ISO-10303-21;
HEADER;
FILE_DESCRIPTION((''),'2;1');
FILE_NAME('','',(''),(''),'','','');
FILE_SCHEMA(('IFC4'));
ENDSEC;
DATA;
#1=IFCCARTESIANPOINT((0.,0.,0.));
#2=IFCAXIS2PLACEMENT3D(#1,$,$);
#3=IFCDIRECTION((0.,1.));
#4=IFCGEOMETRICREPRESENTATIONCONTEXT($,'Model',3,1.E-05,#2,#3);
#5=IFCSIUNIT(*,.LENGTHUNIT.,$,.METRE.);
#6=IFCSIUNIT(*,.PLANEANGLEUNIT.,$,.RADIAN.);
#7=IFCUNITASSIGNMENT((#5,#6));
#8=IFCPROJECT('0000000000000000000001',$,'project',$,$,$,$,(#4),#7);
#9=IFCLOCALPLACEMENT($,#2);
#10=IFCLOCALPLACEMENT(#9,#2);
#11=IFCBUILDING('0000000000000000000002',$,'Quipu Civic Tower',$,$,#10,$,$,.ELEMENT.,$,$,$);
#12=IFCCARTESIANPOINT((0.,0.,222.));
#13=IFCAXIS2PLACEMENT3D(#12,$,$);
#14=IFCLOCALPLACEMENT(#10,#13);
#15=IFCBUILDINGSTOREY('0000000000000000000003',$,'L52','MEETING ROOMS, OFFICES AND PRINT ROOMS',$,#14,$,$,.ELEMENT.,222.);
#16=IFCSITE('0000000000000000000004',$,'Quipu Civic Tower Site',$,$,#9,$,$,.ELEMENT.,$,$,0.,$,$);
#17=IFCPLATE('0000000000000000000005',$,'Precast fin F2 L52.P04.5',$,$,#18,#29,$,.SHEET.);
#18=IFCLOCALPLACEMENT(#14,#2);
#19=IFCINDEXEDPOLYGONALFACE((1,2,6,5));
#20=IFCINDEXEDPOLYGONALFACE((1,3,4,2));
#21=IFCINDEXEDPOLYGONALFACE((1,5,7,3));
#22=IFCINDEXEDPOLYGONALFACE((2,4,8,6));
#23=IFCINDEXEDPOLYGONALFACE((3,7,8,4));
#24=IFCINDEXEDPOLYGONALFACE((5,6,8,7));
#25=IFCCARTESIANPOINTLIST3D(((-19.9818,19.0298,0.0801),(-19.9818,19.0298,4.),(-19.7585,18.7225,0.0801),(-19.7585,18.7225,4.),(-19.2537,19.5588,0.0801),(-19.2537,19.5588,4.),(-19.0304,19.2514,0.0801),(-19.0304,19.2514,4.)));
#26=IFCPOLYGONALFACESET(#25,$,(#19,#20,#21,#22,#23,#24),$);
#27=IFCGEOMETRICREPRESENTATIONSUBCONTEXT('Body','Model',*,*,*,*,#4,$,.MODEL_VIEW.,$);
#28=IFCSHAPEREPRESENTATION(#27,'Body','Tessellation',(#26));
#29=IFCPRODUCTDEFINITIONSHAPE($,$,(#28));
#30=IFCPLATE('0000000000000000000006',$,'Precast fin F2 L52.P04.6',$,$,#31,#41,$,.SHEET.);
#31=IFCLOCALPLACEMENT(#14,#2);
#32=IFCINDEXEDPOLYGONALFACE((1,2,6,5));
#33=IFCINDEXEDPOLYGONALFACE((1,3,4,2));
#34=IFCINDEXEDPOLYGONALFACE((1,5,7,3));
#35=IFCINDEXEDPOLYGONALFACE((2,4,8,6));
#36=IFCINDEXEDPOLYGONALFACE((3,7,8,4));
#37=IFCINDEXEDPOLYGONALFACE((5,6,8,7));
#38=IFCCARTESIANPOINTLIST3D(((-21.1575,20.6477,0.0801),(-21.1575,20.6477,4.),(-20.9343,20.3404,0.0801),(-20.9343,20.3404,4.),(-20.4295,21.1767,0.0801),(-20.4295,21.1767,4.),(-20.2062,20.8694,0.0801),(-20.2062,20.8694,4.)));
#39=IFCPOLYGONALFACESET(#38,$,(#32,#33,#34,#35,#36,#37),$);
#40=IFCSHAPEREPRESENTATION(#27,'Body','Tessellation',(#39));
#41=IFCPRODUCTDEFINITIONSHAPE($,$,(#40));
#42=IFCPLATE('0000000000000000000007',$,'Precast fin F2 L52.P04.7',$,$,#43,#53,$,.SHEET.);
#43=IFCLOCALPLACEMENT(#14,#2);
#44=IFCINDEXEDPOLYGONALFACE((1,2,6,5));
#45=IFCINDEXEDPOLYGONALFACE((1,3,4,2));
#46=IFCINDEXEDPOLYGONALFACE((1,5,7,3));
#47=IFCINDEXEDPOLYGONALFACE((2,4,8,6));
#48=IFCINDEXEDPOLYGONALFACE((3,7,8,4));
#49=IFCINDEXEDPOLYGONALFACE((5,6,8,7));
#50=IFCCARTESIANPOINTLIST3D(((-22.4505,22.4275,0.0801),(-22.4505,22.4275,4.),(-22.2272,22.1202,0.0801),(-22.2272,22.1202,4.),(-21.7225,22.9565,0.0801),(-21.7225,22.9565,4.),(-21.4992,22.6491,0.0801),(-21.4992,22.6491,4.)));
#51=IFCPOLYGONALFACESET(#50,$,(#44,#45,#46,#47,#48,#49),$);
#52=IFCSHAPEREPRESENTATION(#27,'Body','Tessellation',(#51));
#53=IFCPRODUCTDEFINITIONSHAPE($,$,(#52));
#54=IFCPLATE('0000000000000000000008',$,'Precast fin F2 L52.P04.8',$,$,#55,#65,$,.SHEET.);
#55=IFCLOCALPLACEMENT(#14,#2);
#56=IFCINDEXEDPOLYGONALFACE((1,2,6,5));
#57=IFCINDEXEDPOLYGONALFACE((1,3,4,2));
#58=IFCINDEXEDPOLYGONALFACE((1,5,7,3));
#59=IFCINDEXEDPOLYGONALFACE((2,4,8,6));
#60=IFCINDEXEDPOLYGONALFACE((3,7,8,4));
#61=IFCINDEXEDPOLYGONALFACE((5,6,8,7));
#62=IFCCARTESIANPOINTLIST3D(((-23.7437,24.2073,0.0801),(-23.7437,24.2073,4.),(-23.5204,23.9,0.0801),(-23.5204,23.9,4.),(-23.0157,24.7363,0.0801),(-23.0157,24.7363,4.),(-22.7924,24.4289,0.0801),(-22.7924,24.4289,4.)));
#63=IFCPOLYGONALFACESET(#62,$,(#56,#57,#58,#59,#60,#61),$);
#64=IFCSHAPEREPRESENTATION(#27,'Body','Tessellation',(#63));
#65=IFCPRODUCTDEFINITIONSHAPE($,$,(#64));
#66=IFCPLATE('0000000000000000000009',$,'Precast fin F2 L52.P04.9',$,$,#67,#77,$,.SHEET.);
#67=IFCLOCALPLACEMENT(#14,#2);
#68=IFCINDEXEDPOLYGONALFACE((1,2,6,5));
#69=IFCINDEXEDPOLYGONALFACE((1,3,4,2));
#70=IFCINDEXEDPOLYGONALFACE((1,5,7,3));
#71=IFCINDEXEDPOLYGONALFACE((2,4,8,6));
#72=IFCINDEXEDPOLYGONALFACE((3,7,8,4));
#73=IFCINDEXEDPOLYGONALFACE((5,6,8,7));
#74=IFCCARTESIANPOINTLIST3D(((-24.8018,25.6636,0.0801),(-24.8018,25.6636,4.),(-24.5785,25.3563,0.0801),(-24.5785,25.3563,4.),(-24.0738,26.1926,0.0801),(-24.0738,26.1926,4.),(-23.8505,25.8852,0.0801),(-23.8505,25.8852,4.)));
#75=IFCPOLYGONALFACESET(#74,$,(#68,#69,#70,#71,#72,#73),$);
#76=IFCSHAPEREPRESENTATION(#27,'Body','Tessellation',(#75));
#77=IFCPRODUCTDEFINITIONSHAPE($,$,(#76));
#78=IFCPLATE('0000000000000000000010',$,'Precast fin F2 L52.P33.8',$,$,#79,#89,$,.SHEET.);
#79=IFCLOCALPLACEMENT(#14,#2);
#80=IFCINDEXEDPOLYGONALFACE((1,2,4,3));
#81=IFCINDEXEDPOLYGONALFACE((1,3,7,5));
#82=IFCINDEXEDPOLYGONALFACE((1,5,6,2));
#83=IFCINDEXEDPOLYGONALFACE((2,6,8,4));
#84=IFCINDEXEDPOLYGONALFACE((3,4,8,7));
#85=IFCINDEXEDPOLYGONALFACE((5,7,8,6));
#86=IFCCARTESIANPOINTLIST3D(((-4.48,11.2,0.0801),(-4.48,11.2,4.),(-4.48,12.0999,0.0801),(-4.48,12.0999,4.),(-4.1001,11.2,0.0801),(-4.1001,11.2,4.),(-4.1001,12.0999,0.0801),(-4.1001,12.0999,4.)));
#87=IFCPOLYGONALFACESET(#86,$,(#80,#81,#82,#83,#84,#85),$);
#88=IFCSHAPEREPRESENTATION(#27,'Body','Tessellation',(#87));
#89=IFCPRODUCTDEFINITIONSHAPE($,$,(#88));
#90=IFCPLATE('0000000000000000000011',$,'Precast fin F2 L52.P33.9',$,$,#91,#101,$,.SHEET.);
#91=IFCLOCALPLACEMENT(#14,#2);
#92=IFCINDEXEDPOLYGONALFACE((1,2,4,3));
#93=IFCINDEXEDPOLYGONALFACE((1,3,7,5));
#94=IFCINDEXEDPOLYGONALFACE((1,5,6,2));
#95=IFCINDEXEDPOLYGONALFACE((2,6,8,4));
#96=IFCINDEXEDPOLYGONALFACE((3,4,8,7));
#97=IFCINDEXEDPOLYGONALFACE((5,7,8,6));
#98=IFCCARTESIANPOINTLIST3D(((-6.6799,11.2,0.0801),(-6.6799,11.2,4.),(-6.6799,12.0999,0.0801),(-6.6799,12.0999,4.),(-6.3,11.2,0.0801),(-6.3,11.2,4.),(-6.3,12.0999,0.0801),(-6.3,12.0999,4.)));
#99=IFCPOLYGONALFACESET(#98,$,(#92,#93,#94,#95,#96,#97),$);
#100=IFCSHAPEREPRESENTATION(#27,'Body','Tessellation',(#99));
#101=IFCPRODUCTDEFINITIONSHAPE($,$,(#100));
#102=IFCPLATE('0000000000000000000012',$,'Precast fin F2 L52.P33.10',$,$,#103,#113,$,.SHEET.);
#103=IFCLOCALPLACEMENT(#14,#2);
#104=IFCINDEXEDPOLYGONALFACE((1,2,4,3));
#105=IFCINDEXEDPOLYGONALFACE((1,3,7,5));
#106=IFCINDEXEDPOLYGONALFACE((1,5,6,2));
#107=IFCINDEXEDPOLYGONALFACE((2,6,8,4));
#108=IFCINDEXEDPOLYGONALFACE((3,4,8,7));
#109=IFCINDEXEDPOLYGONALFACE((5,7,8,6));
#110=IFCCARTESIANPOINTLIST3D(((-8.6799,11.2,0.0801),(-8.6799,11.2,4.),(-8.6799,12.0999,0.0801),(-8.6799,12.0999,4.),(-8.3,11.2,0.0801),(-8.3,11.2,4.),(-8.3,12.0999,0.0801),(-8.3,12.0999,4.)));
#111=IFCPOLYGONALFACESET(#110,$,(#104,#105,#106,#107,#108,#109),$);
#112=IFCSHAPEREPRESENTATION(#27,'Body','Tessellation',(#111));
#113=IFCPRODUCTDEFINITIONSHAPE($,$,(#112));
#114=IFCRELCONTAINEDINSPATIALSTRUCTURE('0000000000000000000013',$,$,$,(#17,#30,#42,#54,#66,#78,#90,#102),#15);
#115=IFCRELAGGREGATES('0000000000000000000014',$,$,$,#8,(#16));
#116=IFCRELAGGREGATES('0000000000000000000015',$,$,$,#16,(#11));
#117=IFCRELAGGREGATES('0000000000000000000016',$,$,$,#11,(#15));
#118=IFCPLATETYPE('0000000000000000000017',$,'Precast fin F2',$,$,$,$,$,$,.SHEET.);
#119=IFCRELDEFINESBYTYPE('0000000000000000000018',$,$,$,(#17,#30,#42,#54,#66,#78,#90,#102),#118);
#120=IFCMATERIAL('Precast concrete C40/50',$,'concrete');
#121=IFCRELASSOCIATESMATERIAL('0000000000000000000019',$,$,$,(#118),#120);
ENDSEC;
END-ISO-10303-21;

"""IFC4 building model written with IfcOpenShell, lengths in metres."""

from ifc_helpers import new_model, si_unit, direction, frame, origin, origin_2d, place, context, subcontext, project, spatial, rectangle, extrude, material, type_object, element, save


model = new_model("IFC4")

# Units and contexts
model_context = context("Model", 3, precision=1e-05, world=origin(), true_north=direction((0.0, 1.0)))
body_context = subcontext(model_context, "Body", "Model", "MODEL_VIEW")
ifc_project = project(units=[si_unit("LENGTHUNIT", "METRE"), si_unit("PLANEANGLEUNIT", "RADIAN")], contexts=[model_context])

# Site, building, storey
site_placement = place(None, origin())
site = spatial("IfcSite", under=ifc_project, at=site_placement, Name="Quipu Civic Tower Site", CompositionType="ELEMENT", RefElevation=0.0)
building_placement = place(site_placement, origin())
building = spatial("IfcBuilding", under=site, at=building_placement, Name="Quipu Civic Tower", CompositionType="ELEMENT")
storey_placement = place(building_placement, frame((0.0, 0.0, 222.0)))
storey = spatial("IfcBuildingStorey", under=building, at=storey_placement, Name="L52", Description="MEETING ROOMS, OFFICES AND PRINT ROOMS", CompositionType="ELEMENT", Elevation=222.0)

# Plates
ifc_material_1 = material(Name="Precast concrete C40/50", Category="concrete")
plate_type_1 = type_object("IfcPlateType", Name="Precast fin F2", PredefinedType="SHEET", material=ifc_material_1)
for number, where, z_axis, x_axis, name in (
    (1, (-19.5061, 19.1406, 0.0801), (0.0, 0.0, 1.0), (-0.587787, 0.809016, 0.0), "Precast fin F2 L52.P04.5"),
    (2, (-20.6819, 20.7585, 0.0801), (0.0, 0.0, 1.0), (-0.587787, 0.809016, 0.0), "Precast fin F2 L52.P04.6"),
    (3, (-21.9749, 22.5383, 0.0801), (0.0, 0.0, 1.0), (-0.587787, 0.809016, 0.0), "Precast fin F2 L52.P04.7"),
    (4, (-23.2681, 24.3181, 0.0801), (0.0, 0.0, 1.0), (-0.587787, 0.809016, 0.0), "Precast fin F2 L52.P04.8"),
    (5, (-24.3262, 25.7744, 0.0801), (0.0, 0.0, 1.0), (-0.587787, 0.809016, 0.0), "Precast fin F2 L52.P04.9"),
    (6, (-4.29, 11.6499, 0.0801), (0.0, 0.0, 1.0), (-1.0, 0.0, 0.0), "Precast fin F2 L52.P33.8"),
    (7, (-6.49, 11.6499, 0.0801), (0.0, 0.0, 1.0), (-1.0, 0.0, 0.0), "Precast fin F2 L52.P33.9"),
    (8, (-8.49, 11.6499, 0.0801), (0.0, 0.0, 1.0), (-1.0, 0.0, 0.0), "Precast fin F2 L52.P33.10"),
):
    element("IfcPlate", number, at=place(storey_placement, frame(where, z_axis=z_axis, x_axis=x_axis)), inside=storey, type_object=plate_type_1, Name=name, PredefinedType="SHEET", context=body_context, shape_type="SweptSolid", body=[
        extrude(rectangle(XDim=0.3799, YDim=0.8999, at=origin_2d()), origin(), (0.0, 0.0, 1.0), 3.9199),
    ])

save(model, "model.ifc")
